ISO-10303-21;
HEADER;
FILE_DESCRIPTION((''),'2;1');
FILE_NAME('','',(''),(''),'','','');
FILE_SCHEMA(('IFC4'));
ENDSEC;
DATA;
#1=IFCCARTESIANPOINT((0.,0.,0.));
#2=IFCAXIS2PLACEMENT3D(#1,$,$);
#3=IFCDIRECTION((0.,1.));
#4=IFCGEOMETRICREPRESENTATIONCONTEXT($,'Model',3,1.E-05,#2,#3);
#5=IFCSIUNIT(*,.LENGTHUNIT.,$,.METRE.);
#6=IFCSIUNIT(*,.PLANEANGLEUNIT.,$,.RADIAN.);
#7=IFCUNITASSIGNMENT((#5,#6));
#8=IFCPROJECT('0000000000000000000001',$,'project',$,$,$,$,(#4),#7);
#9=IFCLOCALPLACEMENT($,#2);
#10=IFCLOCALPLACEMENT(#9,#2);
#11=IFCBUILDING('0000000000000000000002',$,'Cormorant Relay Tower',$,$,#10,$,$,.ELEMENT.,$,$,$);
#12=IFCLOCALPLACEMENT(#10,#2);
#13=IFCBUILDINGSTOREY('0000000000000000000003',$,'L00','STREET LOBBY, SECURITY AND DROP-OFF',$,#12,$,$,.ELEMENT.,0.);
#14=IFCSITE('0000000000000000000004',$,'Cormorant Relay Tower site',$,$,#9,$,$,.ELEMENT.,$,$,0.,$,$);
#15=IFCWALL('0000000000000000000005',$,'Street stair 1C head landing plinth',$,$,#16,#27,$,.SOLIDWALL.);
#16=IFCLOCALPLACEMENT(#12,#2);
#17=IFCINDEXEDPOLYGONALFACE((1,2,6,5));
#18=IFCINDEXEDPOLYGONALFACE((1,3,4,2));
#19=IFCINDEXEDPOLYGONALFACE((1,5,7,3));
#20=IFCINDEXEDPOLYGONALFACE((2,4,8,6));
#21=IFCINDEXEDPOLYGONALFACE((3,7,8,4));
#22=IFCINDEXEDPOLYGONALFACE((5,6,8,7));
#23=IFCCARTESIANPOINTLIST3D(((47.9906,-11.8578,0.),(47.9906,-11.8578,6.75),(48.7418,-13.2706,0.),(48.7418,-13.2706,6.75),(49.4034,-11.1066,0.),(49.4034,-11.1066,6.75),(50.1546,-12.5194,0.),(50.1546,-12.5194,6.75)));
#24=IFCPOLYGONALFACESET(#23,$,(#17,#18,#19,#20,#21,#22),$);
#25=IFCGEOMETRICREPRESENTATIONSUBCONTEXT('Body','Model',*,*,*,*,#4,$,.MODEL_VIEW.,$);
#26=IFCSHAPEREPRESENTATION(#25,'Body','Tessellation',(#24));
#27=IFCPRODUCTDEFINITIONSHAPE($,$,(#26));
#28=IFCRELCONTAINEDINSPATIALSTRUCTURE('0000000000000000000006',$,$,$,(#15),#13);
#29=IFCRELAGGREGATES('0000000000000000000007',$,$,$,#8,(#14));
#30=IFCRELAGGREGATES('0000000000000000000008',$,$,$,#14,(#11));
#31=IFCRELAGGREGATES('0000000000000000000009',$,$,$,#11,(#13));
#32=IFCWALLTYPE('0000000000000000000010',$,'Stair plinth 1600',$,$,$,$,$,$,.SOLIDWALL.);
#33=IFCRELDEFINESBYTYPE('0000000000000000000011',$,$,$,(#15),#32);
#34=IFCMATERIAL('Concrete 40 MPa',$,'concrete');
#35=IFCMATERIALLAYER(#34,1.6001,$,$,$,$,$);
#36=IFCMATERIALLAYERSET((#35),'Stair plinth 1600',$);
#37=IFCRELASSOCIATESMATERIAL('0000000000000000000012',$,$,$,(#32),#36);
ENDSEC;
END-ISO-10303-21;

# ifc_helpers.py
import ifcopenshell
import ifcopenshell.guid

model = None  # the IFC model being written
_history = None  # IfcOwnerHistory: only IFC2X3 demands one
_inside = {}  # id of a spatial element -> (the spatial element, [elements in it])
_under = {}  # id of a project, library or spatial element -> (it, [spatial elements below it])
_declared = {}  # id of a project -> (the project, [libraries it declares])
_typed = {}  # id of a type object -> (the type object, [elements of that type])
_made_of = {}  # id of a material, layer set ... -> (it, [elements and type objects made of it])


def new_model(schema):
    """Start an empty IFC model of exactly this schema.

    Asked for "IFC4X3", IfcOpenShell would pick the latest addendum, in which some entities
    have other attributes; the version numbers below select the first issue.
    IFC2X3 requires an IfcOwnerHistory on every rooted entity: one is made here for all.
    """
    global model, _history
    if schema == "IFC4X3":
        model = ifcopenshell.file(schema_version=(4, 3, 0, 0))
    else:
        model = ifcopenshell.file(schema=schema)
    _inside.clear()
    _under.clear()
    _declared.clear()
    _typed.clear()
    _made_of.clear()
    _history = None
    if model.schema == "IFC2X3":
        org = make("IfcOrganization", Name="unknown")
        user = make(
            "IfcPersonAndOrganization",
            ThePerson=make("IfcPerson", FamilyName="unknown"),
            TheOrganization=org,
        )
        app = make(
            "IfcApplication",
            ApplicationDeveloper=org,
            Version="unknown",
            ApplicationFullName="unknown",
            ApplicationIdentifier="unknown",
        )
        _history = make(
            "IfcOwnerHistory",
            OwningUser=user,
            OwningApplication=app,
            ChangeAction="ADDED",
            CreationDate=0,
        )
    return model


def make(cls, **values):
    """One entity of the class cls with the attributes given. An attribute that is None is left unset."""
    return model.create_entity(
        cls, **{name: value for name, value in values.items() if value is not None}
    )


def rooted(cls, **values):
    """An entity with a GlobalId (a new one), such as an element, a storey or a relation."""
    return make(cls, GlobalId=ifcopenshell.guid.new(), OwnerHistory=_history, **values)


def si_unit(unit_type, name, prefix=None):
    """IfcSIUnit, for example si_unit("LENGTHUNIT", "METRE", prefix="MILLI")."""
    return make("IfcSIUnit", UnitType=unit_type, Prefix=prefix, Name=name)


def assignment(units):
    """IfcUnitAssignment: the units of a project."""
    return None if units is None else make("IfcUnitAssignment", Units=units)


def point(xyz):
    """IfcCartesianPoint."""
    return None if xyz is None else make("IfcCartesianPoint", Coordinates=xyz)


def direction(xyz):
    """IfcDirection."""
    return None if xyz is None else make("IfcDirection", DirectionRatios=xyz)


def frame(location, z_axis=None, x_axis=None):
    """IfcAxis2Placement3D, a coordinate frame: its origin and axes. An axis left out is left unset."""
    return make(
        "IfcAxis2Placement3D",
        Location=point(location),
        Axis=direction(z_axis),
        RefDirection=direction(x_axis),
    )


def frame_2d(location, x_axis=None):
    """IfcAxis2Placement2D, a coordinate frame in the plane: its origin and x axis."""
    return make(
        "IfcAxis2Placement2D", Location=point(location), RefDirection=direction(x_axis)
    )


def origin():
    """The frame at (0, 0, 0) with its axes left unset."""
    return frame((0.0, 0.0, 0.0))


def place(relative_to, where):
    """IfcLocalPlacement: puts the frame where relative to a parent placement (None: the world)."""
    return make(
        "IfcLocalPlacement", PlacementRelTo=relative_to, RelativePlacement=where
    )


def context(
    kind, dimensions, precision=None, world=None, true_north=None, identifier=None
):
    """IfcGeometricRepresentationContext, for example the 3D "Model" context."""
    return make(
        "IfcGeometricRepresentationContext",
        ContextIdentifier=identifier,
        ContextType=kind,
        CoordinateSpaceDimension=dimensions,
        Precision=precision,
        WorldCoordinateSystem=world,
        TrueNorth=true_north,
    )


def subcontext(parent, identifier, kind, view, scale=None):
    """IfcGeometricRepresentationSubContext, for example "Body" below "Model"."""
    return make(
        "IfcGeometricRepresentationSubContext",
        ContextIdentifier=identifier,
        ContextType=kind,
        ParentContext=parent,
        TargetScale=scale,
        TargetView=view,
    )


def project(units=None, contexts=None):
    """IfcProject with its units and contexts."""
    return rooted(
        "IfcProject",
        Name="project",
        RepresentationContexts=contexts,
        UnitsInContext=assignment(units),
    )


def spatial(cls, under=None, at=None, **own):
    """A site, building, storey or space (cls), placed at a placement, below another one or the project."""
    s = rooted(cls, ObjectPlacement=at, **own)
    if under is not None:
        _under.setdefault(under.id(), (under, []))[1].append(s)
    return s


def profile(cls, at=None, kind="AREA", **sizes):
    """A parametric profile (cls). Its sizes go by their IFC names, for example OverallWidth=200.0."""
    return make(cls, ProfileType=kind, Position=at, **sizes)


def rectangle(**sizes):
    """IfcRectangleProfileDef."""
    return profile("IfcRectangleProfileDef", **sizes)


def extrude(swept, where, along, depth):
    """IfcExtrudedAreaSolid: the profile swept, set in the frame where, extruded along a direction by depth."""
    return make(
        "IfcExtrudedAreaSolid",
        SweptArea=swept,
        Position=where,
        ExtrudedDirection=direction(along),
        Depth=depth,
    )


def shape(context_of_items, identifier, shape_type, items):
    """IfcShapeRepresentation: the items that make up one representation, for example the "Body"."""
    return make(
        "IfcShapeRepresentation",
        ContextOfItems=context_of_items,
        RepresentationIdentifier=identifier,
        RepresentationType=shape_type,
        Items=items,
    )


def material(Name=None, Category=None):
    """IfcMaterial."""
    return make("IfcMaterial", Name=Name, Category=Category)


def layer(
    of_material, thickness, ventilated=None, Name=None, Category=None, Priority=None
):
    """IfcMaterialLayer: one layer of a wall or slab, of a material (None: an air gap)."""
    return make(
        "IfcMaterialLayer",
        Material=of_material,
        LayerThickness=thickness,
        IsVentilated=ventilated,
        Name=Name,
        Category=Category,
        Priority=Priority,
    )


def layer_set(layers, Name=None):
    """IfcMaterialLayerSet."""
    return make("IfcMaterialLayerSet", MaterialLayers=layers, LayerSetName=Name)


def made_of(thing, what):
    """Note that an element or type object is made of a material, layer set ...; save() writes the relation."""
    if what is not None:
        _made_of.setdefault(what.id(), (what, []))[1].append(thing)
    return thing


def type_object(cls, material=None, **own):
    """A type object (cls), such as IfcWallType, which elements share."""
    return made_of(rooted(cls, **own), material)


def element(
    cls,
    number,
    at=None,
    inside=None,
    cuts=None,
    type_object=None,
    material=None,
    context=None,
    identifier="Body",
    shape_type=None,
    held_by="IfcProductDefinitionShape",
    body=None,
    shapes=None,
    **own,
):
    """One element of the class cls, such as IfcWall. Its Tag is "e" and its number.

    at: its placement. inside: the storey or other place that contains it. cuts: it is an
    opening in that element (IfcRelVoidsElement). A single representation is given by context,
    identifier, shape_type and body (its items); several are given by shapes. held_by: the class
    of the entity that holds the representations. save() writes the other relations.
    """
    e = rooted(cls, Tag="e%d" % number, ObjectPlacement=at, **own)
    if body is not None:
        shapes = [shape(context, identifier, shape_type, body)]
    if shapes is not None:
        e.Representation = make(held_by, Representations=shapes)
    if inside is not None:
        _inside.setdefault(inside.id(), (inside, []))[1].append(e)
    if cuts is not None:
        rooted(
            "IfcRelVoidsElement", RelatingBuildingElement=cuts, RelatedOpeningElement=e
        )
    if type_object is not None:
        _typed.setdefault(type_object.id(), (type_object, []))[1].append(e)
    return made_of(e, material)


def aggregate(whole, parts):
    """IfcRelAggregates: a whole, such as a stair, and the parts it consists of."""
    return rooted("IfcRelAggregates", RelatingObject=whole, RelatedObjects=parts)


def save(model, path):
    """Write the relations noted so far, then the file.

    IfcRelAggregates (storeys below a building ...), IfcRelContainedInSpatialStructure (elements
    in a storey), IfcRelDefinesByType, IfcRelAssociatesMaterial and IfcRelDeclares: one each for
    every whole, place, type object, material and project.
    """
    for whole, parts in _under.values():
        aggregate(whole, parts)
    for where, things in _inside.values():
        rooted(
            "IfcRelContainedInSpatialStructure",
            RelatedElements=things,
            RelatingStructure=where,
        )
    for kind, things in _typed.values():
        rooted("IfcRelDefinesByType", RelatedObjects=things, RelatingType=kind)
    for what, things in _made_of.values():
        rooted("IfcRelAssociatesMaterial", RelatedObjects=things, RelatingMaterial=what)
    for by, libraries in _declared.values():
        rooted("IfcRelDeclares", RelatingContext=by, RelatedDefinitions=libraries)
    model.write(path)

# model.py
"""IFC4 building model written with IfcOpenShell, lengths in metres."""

from ifc_helpers import new_model, si_unit, direction, frame, frame_2d, origin, place, context, subcontext, project, spatial, rectangle, extrude, material, layer, layer_set, type_object, element, save


model = new_model("IFC4")

# Units and contexts
model_context = context("Model", 3, precision=1e-05, world=origin(), true_north=direction((0.0, 1.0)))
body_context = subcontext(model_context, "Body", "Model", "MODEL_VIEW")
ifc_project = project(units=[si_unit("LENGTHUNIT", "METRE"), si_unit("PLANEANGLEUNIT", "RADIAN")], contexts=[model_context])

# Site, building, storey
site_placement = place(None, origin())
site = spatial("IfcSite", under=ifc_project, at=site_placement, Name="Cormorant Relay Tower site", CompositionType="ELEMENT", RefElevation=0.0)
building_placement = place(site_placement, origin())
building = spatial("IfcBuilding", under=site, at=building_placement, Name="Cormorant Relay Tower", CompositionType="ELEMENT")
storey_placement = place(building_placement, origin())
storey = spatial("IfcBuildingStorey", under=building, at=storey_placement, Name="L00", Description="STREET LOBBY, SECURITY AND DROP-OFF", CompositionType="ELEMENT", Elevation=0.0)

# Wall
ifc_material_1 = material(Name="Concrete 40 MPa", Category="concrete")
ifc_layer_1 = layer(ifc_material_1, 1.6001)
ifc_layer_set_1 = layer_set([ifc_layer_1], Name="Stair plinth 1600")
wall_type_1 = type_object("IfcWallType", Name="Stair plinth 1600", PredefinedType="SOLIDWALL", material=ifc_layer_set_1)
wall_1_placement = place(storey_placement, frame((48.697, -11.4822, 0.0), z_axis=(0.0, 0.0, 1.0), x_axis=(0.469471, -0.882948, 0.0)))
element("IfcWall", 1, at=wall_1_placement, inside=storey, type_object=wall_type_1, Name="Street stair 1C head landing plinth", PredefinedType="SOLIDWALL", context=body_context, shape_type="SweptSolid", body=[
    extrude(rectangle(XDim=1.6001, YDim=1.6001, at=frame_2d((0.8, 0.0))), origin(), (0.0, 0.0, 1.0), 6.75),
])

save(model, "model.ifc")
